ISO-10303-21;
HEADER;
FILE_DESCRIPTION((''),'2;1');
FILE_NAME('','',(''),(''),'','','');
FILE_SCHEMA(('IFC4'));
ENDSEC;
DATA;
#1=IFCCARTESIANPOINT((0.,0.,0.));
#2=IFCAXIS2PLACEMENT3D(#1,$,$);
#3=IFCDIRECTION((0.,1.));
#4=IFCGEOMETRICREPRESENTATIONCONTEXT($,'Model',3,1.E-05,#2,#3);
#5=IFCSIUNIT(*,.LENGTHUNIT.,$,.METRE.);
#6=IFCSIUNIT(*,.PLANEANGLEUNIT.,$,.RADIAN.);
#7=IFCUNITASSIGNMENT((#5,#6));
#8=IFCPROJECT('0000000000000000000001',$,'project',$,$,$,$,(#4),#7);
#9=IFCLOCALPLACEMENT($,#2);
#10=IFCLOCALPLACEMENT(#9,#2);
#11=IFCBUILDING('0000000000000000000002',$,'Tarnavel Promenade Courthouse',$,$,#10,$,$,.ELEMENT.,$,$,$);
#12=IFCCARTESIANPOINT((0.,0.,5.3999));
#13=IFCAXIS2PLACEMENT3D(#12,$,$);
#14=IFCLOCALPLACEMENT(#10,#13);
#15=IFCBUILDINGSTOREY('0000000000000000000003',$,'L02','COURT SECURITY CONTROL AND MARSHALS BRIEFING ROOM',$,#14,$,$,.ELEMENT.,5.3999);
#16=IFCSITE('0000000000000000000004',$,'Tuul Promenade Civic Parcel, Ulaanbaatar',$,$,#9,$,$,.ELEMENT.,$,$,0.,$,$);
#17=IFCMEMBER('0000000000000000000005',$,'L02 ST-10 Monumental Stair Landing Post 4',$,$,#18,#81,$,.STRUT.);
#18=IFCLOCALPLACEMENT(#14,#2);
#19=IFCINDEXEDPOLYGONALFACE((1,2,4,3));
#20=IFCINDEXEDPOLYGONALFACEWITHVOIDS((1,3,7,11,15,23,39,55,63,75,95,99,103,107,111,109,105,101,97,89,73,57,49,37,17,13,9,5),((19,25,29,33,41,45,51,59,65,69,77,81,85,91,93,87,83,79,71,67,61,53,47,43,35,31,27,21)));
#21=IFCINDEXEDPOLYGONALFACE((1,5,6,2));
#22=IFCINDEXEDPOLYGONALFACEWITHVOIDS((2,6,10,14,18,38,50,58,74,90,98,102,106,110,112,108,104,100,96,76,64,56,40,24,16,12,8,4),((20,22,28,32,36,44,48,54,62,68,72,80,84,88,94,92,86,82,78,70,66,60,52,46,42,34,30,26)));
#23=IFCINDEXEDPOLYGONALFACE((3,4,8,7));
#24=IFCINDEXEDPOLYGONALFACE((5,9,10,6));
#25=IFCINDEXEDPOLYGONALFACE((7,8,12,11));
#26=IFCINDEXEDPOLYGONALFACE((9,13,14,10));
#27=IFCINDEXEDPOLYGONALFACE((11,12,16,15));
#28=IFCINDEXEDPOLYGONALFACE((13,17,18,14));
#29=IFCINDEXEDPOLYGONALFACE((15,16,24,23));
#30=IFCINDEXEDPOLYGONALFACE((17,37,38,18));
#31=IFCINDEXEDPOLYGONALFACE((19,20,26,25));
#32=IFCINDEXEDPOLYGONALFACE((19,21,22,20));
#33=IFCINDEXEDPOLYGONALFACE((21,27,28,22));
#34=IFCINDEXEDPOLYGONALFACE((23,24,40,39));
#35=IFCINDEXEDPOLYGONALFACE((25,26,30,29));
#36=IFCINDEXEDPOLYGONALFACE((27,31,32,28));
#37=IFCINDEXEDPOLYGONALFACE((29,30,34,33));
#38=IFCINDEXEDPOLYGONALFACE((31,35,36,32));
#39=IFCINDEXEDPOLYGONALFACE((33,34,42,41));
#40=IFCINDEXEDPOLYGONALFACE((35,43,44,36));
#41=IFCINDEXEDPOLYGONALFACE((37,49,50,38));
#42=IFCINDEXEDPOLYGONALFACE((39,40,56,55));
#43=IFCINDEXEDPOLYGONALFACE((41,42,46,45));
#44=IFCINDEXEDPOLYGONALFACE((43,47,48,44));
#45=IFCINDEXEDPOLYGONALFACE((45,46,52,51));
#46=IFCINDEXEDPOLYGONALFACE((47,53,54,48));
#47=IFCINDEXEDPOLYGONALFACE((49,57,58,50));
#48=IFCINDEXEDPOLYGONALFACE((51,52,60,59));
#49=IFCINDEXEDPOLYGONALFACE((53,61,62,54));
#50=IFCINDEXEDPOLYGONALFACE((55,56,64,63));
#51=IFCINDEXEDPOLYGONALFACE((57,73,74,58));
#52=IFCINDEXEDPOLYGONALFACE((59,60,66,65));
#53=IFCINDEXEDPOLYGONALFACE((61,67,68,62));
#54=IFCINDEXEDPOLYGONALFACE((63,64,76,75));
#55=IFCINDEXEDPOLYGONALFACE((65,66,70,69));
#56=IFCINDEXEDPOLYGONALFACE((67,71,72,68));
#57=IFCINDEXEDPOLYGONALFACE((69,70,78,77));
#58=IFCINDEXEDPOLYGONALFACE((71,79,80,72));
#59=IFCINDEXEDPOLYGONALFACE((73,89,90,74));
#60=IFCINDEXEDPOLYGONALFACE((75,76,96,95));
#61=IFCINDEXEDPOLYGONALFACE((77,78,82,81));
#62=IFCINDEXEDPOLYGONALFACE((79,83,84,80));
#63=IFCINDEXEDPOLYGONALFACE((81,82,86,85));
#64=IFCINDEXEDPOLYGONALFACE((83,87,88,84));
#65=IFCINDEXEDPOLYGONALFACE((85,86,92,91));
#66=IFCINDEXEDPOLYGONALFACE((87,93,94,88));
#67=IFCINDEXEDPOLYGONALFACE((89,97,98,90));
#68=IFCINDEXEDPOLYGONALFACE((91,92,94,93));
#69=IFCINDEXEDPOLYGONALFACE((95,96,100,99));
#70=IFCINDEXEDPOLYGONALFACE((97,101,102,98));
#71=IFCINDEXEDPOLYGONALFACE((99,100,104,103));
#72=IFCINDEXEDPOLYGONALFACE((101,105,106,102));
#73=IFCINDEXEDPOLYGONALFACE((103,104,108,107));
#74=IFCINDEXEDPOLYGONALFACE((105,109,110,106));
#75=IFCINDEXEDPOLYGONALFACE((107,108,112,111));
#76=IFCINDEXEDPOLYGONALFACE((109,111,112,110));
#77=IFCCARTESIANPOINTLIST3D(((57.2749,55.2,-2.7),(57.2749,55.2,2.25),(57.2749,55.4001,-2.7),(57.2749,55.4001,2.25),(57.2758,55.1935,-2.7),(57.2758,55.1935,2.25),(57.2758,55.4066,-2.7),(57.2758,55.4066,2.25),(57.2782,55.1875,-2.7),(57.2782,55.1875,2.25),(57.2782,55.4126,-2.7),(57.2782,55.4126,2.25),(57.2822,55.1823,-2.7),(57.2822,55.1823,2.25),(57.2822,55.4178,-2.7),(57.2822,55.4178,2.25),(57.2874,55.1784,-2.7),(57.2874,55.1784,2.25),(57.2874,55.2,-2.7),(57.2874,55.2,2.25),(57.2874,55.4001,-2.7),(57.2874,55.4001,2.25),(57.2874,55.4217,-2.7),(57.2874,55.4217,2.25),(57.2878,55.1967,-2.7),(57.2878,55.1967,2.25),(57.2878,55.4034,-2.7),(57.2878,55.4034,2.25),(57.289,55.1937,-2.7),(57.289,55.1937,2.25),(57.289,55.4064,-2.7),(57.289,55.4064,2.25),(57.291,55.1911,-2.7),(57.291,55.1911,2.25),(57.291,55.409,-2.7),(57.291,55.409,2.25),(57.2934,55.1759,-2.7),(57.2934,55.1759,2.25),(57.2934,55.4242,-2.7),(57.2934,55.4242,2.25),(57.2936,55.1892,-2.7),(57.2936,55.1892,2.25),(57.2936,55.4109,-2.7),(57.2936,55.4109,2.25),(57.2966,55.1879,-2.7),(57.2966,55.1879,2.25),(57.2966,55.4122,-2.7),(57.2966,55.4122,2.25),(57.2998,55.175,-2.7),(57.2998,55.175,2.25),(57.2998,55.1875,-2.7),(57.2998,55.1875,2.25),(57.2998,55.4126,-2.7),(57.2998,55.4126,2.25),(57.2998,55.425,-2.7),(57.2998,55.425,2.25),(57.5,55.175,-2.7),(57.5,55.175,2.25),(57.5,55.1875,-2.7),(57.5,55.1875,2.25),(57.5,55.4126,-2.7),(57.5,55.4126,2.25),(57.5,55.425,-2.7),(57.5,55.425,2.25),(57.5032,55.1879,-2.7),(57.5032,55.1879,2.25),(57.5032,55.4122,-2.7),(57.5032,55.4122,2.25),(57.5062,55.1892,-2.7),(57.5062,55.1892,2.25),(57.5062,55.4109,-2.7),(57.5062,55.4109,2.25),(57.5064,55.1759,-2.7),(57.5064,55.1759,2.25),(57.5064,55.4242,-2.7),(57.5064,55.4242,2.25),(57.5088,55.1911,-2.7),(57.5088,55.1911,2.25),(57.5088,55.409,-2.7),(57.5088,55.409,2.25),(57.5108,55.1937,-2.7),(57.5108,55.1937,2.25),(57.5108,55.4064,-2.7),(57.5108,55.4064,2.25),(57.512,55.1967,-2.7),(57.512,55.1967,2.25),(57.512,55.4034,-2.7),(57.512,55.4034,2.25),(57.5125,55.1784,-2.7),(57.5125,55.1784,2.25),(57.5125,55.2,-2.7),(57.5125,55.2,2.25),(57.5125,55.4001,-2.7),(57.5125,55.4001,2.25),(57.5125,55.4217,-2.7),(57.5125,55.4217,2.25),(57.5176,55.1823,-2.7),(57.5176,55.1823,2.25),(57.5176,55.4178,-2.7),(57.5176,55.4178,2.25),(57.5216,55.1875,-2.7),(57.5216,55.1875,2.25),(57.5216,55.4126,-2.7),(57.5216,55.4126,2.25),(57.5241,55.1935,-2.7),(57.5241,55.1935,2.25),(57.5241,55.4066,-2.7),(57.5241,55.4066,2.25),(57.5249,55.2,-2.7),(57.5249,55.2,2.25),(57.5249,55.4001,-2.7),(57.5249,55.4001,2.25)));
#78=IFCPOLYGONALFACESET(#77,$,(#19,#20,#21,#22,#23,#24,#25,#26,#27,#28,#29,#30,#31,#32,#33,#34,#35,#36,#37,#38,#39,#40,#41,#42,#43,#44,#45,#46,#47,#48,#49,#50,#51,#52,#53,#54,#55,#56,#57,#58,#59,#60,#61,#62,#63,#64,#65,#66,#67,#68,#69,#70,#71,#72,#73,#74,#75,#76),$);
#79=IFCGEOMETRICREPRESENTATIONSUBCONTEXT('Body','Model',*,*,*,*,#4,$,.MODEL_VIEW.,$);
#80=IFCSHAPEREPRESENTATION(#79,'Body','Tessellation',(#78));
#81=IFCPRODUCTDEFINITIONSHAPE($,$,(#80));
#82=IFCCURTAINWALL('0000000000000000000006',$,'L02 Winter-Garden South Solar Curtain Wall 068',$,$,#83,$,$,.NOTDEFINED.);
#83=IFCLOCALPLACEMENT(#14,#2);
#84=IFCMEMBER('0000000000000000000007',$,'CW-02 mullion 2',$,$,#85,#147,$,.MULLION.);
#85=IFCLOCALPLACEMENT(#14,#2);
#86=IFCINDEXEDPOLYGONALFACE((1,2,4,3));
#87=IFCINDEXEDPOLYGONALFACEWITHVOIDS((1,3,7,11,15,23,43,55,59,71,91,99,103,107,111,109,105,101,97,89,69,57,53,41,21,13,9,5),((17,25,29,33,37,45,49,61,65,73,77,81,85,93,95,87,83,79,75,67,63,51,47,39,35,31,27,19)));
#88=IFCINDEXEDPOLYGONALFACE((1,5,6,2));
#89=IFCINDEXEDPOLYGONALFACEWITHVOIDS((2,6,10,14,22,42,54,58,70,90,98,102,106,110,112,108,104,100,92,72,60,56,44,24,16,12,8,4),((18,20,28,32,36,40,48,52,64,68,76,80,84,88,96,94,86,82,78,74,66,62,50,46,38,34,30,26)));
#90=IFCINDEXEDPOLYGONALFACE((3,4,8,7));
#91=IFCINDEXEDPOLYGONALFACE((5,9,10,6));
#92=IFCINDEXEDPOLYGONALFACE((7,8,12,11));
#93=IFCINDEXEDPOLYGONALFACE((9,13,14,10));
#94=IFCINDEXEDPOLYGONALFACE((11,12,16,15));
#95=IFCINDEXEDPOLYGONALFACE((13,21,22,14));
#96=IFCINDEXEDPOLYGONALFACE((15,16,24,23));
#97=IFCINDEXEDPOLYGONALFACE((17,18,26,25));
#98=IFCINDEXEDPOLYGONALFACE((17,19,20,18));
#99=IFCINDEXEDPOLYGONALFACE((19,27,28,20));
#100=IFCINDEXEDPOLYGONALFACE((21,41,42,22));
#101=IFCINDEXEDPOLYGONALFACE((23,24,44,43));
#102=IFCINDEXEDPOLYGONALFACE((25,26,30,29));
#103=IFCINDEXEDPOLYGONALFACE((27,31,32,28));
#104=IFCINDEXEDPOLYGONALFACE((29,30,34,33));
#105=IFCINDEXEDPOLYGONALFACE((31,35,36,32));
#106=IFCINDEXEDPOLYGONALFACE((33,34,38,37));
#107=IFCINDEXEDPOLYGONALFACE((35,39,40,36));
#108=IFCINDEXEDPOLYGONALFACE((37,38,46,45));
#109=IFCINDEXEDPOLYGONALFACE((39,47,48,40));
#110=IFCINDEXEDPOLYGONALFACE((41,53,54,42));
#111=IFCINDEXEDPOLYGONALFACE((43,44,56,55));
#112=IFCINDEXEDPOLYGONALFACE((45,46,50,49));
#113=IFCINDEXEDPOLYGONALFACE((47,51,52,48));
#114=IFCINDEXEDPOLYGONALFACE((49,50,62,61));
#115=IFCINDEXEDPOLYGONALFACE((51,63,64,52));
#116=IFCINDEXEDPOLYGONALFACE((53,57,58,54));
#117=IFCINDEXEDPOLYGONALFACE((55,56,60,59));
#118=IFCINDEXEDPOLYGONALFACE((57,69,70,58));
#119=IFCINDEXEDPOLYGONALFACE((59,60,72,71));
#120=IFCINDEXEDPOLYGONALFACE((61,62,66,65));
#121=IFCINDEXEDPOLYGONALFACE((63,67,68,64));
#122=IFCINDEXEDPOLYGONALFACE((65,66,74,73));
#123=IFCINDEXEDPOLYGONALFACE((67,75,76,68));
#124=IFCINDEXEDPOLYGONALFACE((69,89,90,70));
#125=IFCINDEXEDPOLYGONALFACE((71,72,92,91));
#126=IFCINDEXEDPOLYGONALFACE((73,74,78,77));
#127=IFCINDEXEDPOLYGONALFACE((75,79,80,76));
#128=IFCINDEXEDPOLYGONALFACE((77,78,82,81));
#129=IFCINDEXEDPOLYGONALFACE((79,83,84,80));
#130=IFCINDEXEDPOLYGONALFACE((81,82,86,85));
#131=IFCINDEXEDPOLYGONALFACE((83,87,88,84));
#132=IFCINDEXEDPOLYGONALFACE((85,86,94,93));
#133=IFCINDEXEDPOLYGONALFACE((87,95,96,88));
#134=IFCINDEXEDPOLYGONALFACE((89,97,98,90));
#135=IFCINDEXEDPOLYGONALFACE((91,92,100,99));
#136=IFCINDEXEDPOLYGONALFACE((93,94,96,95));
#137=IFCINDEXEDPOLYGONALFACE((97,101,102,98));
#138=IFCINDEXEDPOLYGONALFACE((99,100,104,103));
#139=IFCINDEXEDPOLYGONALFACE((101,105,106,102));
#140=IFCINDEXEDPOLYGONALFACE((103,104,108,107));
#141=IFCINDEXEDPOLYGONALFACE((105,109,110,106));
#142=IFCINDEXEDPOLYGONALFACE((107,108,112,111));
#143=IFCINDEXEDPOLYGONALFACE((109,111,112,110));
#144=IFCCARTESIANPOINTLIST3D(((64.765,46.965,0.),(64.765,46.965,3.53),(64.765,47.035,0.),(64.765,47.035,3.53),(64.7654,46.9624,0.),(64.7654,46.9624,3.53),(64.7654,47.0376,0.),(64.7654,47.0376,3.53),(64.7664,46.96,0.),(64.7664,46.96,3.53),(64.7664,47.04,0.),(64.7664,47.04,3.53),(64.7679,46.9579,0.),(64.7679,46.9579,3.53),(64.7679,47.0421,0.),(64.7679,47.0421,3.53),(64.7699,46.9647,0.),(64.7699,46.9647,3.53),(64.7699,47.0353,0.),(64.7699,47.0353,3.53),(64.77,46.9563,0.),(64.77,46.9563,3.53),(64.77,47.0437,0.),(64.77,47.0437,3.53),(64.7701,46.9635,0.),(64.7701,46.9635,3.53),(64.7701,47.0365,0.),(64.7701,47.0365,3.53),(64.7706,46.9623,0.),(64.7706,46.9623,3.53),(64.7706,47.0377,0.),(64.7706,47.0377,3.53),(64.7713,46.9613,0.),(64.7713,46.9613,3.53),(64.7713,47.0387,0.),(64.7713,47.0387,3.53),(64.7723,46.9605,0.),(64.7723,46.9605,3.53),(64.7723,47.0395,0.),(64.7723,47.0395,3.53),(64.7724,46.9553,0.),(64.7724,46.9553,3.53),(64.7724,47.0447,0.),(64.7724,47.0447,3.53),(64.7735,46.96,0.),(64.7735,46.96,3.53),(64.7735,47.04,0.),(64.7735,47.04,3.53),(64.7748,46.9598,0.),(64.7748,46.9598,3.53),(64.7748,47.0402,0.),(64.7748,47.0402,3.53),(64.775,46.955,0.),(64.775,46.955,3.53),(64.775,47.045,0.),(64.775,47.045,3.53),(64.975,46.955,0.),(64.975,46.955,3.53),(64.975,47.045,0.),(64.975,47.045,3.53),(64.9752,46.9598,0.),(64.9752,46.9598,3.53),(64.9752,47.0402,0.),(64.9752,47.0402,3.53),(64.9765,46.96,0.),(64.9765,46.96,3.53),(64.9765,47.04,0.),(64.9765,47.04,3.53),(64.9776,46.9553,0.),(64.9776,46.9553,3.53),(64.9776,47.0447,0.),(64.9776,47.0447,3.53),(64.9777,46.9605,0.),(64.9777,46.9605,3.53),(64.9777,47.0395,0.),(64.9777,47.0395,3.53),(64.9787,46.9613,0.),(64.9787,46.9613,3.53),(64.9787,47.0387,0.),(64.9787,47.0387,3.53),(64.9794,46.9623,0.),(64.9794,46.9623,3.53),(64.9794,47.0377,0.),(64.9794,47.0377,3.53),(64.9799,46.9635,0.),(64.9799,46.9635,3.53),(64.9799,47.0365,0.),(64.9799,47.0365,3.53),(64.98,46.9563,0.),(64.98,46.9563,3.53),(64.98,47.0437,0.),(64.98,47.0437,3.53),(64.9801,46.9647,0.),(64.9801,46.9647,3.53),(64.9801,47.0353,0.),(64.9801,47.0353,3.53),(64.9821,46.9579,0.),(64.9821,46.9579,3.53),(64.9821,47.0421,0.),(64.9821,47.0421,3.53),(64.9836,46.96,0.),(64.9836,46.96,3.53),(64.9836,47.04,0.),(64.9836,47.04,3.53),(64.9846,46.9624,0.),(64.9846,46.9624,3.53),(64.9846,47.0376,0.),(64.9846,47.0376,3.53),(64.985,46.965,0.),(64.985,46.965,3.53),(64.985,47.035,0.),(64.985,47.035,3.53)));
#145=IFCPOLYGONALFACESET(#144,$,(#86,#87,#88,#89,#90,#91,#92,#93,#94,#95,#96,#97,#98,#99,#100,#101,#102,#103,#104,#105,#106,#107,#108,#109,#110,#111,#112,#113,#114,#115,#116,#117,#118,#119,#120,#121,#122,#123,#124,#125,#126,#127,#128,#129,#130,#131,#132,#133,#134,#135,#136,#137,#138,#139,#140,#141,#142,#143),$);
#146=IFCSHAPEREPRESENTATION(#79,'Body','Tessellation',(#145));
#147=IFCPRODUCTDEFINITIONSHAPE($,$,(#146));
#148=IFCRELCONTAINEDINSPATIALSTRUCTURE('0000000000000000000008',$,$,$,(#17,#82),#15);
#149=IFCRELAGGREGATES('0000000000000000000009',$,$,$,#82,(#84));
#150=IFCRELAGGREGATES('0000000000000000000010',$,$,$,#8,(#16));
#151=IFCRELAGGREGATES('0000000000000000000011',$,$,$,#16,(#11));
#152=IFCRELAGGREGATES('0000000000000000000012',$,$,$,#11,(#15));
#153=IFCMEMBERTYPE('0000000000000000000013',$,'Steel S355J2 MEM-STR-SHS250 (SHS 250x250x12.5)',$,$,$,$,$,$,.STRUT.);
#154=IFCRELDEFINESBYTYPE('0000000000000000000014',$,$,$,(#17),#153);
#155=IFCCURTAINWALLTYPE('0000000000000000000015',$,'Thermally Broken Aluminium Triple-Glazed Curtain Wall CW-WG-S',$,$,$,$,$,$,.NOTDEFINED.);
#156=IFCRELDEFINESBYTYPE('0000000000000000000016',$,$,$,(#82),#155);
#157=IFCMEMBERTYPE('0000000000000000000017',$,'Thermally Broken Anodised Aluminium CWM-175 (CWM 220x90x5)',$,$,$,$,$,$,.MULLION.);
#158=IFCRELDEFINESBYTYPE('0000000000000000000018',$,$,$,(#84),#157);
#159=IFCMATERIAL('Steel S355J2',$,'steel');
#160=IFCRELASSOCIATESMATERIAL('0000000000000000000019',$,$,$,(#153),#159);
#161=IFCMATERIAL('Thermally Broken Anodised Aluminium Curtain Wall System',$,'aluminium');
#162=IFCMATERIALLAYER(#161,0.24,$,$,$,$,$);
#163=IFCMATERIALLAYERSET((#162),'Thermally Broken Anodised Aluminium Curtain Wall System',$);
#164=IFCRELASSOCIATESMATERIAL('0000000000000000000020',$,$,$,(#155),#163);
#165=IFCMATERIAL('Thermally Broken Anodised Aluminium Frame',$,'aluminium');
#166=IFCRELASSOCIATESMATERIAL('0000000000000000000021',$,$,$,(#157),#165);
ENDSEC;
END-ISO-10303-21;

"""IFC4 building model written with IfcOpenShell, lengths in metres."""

from ifc_helpers import new_model, si_unit, direction, frame, origin, origin_2d, place, context, subcontext, project, spatial, hollow_rectangle, extrude, material, layer, layer_set, material_profile, profile_set, type_object, element, aggregate, save


model = new_model("IFC4")

# Units and contexts
model_context = context("Model", 3, precision=1e-05, world=origin(), true_north=direction((0.0, 1.0)))
body_context = subcontext(model_context, "Body", "Model", "MODEL_VIEW")
ifc_project = project(units=[si_unit("LENGTHUNIT", "METRE"), si_unit("PLANEANGLEUNIT", "RADIAN")], contexts=[model_context])

# Site, building, storey
site_placement = place(None, origin())
site = spatial("IfcSite", under=ifc_project, at=site_placement, Name="Tuul Promenade Civic Parcel, Ulaanbaatar", CompositionType="ELEMENT", RefElevation=0.0)
building_placement = place(site_placement, origin())
building = spatial("IfcBuilding", under=site, at=building_placement, Name="Tarnavel Promenade Courthouse", CompositionType="ELEMENT")
storey_placement = place(building_placement, frame((0.0, 0.0, 5.3999)))
storey = spatial("IfcBuildingStorey", under=building, at=storey_placement, Name="L02", Description="COURT SECURITY CONTROL AND MARSHALS BRIEFING ROOM", CompositionType="ELEMENT", Elevation=5.3999)

# Member
ifc_material_1 = material(Name="Steel S355J2", Category="steel")
ifc_material_profile_1 = material_profile(ifc_material_1, hollow_rectangle(XDim=0.25, YDim=0.25, WallThickness=0.0125, InnerFilletRadius=0.0125, OuterFilletRadius=0.0249, at=origin_2d()), Name="SHS 250x250x12.5")
ifc_profile_set_1 = profile_set([ifc_material_profile_1], Name="Steel S355J2")
member_type_1 = type_object("IfcMemberType", Name="Steel S355J2 MEM-STR-SHS250 (SHS 250x250x12.5)", PredefinedType="STRUT", material=ifc_profile_set_1)
for number, where, z_axis, x_axis, name in (
    (1, (57.3999, 55.3, -2.7), (0.0, 0.0, 1.0), (1.0, 0.0, 0.0), "L02 ST-10 Monumental Stair Landing Post 4"),
):
    element("IfcMember", number, at=place(storey_placement, frame(where, z_axis=z_axis, x_axis=x_axis)), inside=storey, type_object=member_type_1, Name=name, PredefinedType="STRUT", context=body_context, shape_type="SweptSolid", body=[
        extrude(hollow_rectangle(XDim=0.25, YDim=0.25, WallThickness=0.0125, InnerFilletRadius=0.0125, OuterFilletRadius=0.0249, at=origin_2d()), origin(), (0.0, 0.0, 1.0), 4.95),
    ])

# Curtain wall, member
ifc_material_2 = material(Name="Thermally Broken Anodised Aluminium Curtain Wall System", Category="aluminium")
ifc_layer_1 = layer(ifc_material_2, 0.24)
ifc_layer_set_1 = layer_set([ifc_layer_1], Name="Thermally Broken Anodised Aluminium Curtain Wall System")
curtain_wall_type = type_object("IfcCurtainWallType", Name="Thermally Broken Aluminium Triple-Glazed Curtain Wall CW-WG-S", PredefinedType="NOTDEFINED", material=ifc_layer_set_1)
curtain_wall_placement = place(storey_placement, origin())
curtain_wall = element("IfcCurtainWall", 2, at=curtain_wall_placement, inside=storey, type_object=curtain_wall_type, Name="L02 Winter-Garden South Solar Curtain Wall 068", PredefinedType="NOTDEFINED")
ifc_material_3 = material(Name="Thermally Broken Anodised Aluminium Frame", Category="aluminium")
ifc_material_profile_2 = material_profile(ifc_material_3, hollow_rectangle(XDim=0.0901, YDim=0.22, WallThickness=0.0049, InnerFilletRadius=0.0049, OuterFilletRadius=0.01, at=origin_2d()), Name="CWM 220x90x5")
ifc_profile_set_2 = profile_set([ifc_material_profile_2], Name="Thermally Broken Anodised Aluminium Frame")
member_type_2 = type_object("IfcMemberType", Name="Thermally Broken Anodised Aluminium CWM-175 (CWM 220x90x5)", PredefinedType="MULLION", material=ifc_profile_set_2)
member_1_placement = place(storey_placement, frame((64.875, 47.0, 0.0), z_axis=(0.0, 0.0, 1.0), x_axis=(0.0, 1.0, 0.0)))
member_1 = element("IfcMember", 3, at=member_1_placement, type_object=member_type_2, Name="CW-02 mullion 2", PredefinedType="MULLION", context=body_context, shape_type="SweptSolid", body=[
    extrude(hollow_rectangle(XDim=0.0901, YDim=0.22, WallThickness=0.0049, InnerFilletRadius=0.0049, OuterFilletRadius=0.01, at=origin_2d()), origin(), (0.0, 0.0, 1.0), 3.53),
])
aggregate(curtain_wall, [member_1])

save(model, "model.ifc")
